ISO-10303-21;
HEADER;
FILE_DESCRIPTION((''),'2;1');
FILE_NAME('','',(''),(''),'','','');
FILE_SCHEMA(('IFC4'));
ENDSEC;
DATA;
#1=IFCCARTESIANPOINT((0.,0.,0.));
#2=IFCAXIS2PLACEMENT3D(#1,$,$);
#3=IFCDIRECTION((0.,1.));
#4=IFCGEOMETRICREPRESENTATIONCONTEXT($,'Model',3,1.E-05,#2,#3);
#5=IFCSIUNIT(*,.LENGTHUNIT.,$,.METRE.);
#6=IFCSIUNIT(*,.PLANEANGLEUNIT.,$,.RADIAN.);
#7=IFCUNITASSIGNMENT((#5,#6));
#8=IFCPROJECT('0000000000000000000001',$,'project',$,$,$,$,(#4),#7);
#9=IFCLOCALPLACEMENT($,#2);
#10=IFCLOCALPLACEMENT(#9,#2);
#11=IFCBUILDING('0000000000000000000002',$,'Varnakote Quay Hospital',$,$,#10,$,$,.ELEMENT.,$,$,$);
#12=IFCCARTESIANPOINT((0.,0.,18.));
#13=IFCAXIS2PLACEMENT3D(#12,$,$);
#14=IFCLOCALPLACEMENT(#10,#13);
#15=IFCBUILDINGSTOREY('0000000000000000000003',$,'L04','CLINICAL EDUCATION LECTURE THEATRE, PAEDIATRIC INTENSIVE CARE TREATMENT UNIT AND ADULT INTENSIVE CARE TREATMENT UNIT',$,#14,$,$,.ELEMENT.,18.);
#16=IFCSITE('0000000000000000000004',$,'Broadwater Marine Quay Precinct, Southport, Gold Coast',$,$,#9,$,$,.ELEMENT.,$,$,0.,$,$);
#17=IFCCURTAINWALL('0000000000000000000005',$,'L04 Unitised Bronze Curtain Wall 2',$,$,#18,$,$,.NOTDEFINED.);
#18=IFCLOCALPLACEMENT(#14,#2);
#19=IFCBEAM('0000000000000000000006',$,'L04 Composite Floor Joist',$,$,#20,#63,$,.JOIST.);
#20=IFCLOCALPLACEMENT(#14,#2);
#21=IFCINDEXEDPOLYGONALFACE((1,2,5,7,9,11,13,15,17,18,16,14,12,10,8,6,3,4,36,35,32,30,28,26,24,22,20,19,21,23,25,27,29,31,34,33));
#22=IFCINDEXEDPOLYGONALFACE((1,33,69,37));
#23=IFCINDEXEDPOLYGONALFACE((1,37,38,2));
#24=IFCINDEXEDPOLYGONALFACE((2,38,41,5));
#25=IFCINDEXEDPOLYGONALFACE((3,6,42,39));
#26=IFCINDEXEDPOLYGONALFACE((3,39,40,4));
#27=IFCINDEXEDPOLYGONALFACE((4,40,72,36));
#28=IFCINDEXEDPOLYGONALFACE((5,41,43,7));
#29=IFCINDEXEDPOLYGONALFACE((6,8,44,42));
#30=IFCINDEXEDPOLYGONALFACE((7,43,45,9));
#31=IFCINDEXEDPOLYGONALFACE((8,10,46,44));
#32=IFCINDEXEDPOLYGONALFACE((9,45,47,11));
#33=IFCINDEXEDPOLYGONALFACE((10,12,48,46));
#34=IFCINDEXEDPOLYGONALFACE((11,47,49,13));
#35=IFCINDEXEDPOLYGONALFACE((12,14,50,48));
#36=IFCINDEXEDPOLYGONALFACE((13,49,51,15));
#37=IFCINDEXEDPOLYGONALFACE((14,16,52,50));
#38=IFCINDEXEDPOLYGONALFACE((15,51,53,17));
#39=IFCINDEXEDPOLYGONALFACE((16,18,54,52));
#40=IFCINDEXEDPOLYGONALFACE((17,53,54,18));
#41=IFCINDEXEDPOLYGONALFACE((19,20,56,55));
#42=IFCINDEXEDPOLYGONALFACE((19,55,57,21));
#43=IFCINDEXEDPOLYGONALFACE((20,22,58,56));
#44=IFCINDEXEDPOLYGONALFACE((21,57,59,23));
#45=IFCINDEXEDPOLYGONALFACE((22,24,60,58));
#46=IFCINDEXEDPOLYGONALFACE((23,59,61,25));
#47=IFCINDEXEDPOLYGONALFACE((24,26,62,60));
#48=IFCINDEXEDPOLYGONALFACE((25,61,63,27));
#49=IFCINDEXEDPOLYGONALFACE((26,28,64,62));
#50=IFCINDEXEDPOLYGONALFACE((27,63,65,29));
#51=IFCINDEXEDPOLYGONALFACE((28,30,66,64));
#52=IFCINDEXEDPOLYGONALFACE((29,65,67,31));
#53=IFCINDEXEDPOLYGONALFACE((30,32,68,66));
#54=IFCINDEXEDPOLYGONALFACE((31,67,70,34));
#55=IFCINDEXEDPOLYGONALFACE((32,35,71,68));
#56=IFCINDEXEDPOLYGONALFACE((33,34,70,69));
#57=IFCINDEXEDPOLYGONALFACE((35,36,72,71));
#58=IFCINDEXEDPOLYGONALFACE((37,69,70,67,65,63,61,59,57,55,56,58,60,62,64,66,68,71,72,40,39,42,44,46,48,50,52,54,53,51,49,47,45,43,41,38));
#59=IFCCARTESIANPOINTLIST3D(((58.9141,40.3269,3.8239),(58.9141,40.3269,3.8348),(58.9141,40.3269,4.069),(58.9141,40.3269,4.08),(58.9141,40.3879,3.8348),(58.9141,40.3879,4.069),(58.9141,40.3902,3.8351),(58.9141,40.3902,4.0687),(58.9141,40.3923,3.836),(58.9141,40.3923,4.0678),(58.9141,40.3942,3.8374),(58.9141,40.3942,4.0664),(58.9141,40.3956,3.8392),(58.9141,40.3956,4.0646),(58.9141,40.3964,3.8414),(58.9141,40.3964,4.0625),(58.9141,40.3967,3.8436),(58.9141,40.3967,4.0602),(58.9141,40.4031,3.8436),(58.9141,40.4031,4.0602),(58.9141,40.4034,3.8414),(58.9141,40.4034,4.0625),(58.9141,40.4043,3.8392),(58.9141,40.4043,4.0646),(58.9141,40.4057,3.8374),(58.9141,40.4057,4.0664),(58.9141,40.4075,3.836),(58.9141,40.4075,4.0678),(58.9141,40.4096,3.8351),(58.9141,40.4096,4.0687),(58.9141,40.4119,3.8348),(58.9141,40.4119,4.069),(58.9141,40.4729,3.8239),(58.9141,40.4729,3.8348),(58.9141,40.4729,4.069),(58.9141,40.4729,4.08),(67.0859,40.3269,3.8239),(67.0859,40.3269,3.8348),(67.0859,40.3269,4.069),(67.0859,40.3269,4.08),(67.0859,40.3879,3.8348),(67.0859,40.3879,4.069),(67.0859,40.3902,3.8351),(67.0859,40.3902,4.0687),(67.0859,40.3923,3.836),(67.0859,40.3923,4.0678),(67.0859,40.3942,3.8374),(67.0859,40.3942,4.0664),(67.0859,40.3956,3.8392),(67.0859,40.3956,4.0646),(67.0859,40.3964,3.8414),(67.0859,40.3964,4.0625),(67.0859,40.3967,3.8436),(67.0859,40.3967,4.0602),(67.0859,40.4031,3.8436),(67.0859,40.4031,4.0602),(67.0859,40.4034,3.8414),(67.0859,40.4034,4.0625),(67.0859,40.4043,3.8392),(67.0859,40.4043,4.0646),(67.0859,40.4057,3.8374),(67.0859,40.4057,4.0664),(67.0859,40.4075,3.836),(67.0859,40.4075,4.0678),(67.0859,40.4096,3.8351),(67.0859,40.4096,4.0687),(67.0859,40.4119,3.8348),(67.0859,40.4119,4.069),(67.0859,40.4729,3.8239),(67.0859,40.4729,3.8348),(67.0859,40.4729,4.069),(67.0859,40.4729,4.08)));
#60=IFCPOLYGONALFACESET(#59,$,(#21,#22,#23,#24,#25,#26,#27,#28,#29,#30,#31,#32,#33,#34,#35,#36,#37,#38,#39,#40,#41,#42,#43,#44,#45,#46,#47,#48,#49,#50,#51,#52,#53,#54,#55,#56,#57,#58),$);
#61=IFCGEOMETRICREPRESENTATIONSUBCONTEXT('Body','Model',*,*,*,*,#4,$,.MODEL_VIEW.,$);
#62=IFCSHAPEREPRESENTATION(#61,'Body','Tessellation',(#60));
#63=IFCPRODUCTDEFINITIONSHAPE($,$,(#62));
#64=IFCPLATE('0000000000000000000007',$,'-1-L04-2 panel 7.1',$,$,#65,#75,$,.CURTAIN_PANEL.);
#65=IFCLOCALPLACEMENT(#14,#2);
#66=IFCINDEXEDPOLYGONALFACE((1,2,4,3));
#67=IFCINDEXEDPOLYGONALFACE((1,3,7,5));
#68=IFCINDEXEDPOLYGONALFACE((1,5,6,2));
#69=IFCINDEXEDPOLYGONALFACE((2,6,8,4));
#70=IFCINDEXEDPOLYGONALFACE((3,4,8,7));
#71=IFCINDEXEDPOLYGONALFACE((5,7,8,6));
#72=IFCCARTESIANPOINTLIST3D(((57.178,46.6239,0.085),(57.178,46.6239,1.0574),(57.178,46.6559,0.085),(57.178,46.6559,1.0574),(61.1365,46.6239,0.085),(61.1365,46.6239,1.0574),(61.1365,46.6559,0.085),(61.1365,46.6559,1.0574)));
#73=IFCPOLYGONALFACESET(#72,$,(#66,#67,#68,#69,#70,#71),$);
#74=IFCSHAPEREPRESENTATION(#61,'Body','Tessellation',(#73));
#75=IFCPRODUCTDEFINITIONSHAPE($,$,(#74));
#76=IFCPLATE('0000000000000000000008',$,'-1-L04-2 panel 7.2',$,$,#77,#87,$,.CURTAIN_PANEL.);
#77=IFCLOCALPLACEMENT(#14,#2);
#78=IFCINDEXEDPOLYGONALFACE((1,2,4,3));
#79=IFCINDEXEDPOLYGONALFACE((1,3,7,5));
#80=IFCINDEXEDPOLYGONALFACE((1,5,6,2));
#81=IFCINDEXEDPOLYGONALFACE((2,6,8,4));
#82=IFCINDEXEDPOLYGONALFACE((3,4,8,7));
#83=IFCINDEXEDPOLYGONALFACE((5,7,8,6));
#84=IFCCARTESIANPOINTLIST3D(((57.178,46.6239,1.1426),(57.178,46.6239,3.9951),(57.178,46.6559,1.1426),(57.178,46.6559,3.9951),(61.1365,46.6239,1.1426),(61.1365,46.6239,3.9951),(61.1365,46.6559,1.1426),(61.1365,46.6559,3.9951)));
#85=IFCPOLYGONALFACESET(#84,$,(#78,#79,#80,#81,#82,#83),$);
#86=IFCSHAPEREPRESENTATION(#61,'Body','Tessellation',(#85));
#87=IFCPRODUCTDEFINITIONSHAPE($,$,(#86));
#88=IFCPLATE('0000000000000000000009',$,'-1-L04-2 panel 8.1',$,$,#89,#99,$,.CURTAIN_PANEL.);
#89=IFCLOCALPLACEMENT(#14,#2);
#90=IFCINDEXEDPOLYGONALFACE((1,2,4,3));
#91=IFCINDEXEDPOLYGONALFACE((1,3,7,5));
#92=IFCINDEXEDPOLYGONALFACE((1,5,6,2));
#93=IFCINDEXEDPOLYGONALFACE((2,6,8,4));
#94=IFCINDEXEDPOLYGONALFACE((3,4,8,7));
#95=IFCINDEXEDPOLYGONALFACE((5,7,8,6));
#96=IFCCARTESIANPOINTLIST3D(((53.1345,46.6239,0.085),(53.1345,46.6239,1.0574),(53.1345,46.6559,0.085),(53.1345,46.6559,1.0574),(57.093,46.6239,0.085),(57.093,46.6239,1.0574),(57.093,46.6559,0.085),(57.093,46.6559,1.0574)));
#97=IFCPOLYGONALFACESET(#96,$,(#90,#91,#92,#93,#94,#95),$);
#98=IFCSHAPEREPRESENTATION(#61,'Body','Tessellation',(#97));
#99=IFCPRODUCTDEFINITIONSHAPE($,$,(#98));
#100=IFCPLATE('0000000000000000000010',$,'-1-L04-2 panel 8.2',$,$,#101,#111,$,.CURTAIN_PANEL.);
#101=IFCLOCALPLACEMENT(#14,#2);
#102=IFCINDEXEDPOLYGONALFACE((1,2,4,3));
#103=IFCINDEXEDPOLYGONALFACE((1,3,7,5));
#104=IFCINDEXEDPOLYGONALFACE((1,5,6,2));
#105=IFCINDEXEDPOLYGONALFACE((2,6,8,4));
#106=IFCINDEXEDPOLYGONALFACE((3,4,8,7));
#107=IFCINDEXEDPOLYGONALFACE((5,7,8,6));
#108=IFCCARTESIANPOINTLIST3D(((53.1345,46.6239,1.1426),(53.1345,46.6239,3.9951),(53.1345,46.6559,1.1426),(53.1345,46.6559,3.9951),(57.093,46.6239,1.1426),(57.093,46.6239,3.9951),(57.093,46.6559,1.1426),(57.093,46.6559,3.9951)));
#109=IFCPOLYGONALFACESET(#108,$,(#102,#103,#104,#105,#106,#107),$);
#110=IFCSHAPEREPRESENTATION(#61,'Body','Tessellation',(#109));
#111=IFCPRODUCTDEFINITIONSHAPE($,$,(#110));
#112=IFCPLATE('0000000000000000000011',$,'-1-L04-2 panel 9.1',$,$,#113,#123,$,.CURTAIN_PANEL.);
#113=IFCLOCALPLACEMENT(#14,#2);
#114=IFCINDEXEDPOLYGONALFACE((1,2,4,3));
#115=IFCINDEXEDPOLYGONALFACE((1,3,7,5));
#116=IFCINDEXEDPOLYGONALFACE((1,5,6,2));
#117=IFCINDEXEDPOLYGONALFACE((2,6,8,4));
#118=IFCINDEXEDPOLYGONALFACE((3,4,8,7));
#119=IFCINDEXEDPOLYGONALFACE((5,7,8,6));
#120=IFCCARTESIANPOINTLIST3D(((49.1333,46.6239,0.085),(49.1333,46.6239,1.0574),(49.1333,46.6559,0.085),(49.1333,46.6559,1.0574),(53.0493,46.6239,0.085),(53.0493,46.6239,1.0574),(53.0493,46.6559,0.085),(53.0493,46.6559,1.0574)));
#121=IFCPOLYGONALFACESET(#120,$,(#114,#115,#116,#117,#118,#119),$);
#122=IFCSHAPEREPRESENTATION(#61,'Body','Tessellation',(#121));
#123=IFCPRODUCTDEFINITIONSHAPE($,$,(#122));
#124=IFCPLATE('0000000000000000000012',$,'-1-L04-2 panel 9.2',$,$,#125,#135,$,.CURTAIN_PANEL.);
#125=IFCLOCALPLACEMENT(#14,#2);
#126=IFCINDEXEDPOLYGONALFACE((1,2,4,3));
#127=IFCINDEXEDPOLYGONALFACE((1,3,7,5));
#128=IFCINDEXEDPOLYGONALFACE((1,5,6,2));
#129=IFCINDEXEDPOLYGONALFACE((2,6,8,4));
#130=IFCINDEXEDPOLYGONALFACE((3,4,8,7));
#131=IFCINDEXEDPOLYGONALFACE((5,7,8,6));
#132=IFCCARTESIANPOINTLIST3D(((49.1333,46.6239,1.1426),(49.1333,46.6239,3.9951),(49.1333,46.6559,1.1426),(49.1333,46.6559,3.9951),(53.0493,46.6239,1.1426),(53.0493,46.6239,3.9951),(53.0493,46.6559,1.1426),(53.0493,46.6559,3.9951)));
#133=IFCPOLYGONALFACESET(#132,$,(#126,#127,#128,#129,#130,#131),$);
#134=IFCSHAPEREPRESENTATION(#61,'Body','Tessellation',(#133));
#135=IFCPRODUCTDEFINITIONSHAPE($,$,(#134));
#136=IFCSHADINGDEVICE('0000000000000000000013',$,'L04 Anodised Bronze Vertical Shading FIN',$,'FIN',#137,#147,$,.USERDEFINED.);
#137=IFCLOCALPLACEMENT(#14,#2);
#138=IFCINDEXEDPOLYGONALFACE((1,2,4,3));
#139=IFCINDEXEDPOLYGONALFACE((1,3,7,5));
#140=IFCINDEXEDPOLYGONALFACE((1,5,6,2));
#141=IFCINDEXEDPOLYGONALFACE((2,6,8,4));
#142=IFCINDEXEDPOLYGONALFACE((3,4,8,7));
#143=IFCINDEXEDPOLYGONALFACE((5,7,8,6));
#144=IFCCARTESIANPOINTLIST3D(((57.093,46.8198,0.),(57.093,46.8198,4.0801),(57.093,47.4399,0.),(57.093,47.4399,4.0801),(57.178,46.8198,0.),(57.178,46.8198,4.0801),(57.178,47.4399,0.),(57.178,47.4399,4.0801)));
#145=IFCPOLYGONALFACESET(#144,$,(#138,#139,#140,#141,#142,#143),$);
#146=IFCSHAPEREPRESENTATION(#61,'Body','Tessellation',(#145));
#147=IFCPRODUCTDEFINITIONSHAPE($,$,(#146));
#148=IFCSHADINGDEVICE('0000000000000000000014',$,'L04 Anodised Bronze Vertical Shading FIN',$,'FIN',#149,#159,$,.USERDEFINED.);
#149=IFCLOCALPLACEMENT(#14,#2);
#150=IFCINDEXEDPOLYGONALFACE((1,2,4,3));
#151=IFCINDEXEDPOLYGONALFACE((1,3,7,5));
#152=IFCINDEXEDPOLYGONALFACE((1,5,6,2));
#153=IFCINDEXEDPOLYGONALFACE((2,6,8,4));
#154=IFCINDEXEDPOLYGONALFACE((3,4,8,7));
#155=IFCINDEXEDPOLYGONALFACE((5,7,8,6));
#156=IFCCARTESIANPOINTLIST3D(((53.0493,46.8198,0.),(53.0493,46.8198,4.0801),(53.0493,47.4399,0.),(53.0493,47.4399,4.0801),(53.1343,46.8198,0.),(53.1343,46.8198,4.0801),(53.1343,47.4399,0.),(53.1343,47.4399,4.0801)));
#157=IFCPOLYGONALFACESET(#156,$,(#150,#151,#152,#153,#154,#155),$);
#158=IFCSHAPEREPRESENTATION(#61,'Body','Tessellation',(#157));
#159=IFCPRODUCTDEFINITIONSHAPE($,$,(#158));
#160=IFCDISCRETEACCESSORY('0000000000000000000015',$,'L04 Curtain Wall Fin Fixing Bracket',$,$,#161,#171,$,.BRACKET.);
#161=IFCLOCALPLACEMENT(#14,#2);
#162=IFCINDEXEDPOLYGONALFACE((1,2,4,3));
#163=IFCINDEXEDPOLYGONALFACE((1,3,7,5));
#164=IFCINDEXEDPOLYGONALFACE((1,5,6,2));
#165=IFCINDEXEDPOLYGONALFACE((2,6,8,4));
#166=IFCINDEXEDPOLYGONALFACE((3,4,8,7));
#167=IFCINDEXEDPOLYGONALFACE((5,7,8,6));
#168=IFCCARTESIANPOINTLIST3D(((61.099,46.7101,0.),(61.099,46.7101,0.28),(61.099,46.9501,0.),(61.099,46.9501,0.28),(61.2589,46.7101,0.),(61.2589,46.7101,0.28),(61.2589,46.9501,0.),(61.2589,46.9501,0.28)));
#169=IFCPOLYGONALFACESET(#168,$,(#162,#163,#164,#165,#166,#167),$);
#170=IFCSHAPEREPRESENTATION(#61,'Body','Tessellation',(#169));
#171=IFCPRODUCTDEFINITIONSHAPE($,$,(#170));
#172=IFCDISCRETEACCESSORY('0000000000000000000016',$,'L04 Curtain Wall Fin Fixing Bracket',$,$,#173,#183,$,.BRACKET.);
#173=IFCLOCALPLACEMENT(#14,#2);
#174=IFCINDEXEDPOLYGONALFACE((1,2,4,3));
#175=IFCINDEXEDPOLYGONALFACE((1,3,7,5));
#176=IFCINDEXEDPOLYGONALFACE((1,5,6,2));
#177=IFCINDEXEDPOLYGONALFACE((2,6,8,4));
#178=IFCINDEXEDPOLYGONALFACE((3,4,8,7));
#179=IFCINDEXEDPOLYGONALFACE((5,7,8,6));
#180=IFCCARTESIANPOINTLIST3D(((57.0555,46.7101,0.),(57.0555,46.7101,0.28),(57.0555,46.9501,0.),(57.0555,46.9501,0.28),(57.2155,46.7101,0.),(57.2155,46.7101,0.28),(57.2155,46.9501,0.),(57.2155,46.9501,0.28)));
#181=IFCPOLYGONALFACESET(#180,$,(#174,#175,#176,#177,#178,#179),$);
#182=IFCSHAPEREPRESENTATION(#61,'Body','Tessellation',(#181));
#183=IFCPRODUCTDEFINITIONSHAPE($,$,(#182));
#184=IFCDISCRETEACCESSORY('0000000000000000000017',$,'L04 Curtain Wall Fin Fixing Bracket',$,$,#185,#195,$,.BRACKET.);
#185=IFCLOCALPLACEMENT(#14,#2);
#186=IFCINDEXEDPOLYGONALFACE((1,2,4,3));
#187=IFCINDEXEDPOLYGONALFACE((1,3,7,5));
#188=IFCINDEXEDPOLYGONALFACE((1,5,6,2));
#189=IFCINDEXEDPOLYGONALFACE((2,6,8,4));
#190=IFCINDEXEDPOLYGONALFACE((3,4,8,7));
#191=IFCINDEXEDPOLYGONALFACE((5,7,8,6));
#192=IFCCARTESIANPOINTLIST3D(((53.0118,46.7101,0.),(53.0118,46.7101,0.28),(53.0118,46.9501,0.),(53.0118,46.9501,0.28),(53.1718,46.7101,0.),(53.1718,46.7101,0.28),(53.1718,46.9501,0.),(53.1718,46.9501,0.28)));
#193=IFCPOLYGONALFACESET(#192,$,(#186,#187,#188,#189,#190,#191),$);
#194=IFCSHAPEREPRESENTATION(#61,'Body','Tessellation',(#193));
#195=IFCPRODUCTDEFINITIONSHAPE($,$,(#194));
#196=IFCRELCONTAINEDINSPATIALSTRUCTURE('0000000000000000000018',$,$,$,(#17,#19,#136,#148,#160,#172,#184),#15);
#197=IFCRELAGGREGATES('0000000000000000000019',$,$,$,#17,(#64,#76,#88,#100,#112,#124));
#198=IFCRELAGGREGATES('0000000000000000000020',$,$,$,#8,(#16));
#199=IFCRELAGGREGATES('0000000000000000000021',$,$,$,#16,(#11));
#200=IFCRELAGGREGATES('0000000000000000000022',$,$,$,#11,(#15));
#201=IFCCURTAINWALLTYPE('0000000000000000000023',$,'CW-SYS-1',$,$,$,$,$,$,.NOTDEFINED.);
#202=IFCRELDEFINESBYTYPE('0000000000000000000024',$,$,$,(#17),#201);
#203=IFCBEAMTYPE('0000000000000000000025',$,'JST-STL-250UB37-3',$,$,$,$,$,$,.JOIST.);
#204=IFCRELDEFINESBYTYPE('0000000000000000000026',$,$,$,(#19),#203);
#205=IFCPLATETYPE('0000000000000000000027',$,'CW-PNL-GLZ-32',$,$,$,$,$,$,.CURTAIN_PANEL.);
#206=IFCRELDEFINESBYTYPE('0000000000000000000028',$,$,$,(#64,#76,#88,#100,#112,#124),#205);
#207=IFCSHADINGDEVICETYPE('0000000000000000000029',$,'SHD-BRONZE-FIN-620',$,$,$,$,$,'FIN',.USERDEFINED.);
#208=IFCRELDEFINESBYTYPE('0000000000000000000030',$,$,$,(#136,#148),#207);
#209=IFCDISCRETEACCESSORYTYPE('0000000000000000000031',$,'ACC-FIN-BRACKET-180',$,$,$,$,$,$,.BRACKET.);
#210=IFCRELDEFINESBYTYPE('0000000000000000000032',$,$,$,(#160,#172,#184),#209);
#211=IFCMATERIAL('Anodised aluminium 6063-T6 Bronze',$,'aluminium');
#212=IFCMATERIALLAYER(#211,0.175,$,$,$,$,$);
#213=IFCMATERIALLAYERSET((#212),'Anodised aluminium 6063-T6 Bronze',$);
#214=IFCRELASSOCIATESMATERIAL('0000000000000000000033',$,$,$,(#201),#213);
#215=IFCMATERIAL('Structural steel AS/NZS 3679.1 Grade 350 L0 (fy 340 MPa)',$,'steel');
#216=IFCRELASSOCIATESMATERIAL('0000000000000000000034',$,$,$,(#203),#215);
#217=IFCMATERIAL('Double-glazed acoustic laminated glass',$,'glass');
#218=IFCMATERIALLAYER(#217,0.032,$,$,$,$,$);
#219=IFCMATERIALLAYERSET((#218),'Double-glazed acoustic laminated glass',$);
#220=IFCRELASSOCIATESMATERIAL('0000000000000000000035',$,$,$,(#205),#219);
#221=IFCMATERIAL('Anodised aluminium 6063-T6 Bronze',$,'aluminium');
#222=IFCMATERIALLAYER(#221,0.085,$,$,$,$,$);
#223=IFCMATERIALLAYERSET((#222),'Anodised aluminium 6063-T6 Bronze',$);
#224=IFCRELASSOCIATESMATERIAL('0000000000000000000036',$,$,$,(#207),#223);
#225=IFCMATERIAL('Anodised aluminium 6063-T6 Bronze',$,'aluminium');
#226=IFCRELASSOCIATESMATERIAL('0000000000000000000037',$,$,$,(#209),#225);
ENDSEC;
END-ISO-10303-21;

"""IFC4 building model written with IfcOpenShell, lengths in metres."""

from ifc_helpers import new_model, si_unit, direction, frame, origin, origin_2d, place, context, subcontext, project, spatial, rectangle, i_section, extrude, material, layer, layer_set, material_profile, profile_set, type_object, element, aggregate, save


model = new_model("IFC4")

# Units and contexts
model_context = context("Model", 3, precision=1e-05, world=origin(), true_north=direction((0.0, 1.0)))
body_context = subcontext(model_context, "Body", "Model", "MODEL_VIEW")
ifc_project = project(units=[si_unit("LENGTHUNIT", "METRE"), si_unit("PLANEANGLEUNIT", "RADIAN")], contexts=[model_context])

# Site, building, storey
site_placement = place(None, origin())
site = spatial("IfcSite", under=ifc_project, at=site_placement, Name="Broadwater Marine Quay Precinct, Southport, Gold Coast", CompositionType="ELEMENT", RefElevation=0.0)
building_placement = place(site_placement, origin())
building = spatial("IfcBuilding", under=site, at=building_placement, Name="Varnakote Quay Hospital", CompositionType="ELEMENT")
storey_placement = place(building_placement, frame((0.0, 0.0, 18.0)))
storey = spatial("IfcBuildingStorey", under=building, at=storey_placement, Name="L04", Description="CLINICAL EDUCATION LECTURE THEATRE, PAEDIATRIC INTENSIVE CARE TREATMENT UNIT AND ADULT INTENSIVE CARE TREATMENT UNIT", CompositionType="ELEMENT", Elevation=18.0)

# Curtain wall
ifc_material_1 = material(Name="Anodised aluminium 6063-T6 Bronze", Category="aluminium")
ifc_layer_1 = layer(ifc_material_1, 0.175)
ifc_layer_set_1 = layer_set([ifc_layer_1], Name="Anodised aluminium 6063-T6 Bronze")
curtain_wall_type = type_object("IfcCurtainWallType", Name="CW-SYS-1", PredefinedType="NOTDEFINED", material=ifc_layer_set_1)
curtain_wall_placement = place(storey_placement, origin())
curtain_wall = element("IfcCurtainWall", 1, at=curtain_wall_placement, inside=storey, type_object=curtain_wall_type, Name="L04 Unitised Bronze Curtain Wall 2", PredefinedType="NOTDEFINED")

# Beam
ifc_material_2 = material(Name="Structural steel AS/NZS 3679.1 Grade 350 L0 (fy 340 MPa)", Category="steel")
ifc_material_profile_1 = material_profile(ifc_material_2, i_section(OverallWidth=0.146, OverallDepth=0.2561, WebThickness=0.0063, FlangeThickness=0.011, FilletRadius=0.0088, at=origin_2d()), Name="250UB37.3")
ifc_profile_set_1 = profile_set([ifc_material_profile_1], Name="Structural steel AS/NZS 3679.1 Grade 350 L0 (fy 340 MPa)")
beam_type_1 = type_object("IfcBeamType", Name="JST-STL-250UB37-3", PredefinedType="JOIST", material=ifc_profile_set_1)
for number, where, z_axis, x_axis, name in (
    (2, (58.9141, 40.3999, 3.9519), (1.0, 0.0, 0.0), (0.0, 1.0, 0.0), "L04 Composite Floor Joist"),
):
    element("IfcBeam", number, at=place(storey_placement, frame(where, z_axis=z_axis, x_axis=x_axis)), inside=storey, type_object=beam_type_1, Name=name, PredefinedType="JOIST", context=body_context, shape_type="SweptSolid", body=[
        extrude(i_section(OverallWidth=0.146, OverallDepth=0.2561, WebThickness=0.0063, FlangeThickness=0.011, FilletRadius=0.0088, at=origin_2d()), origin(), (0.0, 0.0, 1.0), 8.1719),
    ])

# Plates
ifc_material_3 = material(Name="Double-glazed acoustic laminated glass", Category="glass")
ifc_layer_2 = layer(ifc_material_3, 0.032)
ifc_layer_set_2 = layer_set([ifc_layer_2], Name="Double-glazed acoustic laminated glass")
plate_type = type_object("IfcPlateType", Name="CW-PNL-GLZ-32", PredefinedType="CURTAIN_PANEL", material=ifc_layer_set_2)
plate_1_placement = place(storey_placement, frame((59.1572, 46.6399, 0.085), z_axis=(0.0, 0.0, 1.0), x_axis=(-1.0, 0.0, 0.0)))
plate_1 = element("IfcPlate", 3, at=plate_1_placement, type_object=plate_type, Name="-1-L04-2 panel 7.1", PredefinedType="CURTAIN_PANEL", context=body_context, shape_type="SweptSolid", body=[
    extrude(rectangle(XDim=3.9585, YDim=0.032, at=origin_2d()), origin(), (0.0, 0.0, 1.0), 0.9724),
])
plate_2_placement = place(storey_placement, frame((59.1572, 46.6399, 1.1426), z_axis=(0.0, 0.0, 1.0), x_axis=(-1.0, 0.0, 0.0)))
plate_2 = element("IfcPlate", 4, at=plate_2_placement, type_object=plate_type, Name="-1-L04-2 panel 7.2", PredefinedType="CURTAIN_PANEL", context=body_context, shape_type="SweptSolid", body=[
    extrude(rectangle(XDim=3.9585, YDim=0.032, at=origin_2d()), origin(), (0.0, 0.0, 1.0), 2.8525),
])
plate_3_placement = place(storey_placement, frame((55.1138, 46.6399, 0.085), z_axis=(0.0, 0.0, 1.0), x_axis=(-1.0, 0.0, 0.0)))
plate_3 = element("IfcPlate", 5, at=plate_3_placement, type_object=plate_type, Name="-1-L04-2 panel 8.1", PredefinedType="CURTAIN_PANEL", context=body_context, shape_type="SweptSolid", body=[
    extrude(rectangle(XDim=3.9585, YDim=0.032, at=origin_2d()), origin(), (0.0, 0.0, 1.0), 0.9724),
])
plate_4_placement = place(storey_placement, frame((55.1138, 46.6399, 1.1426), z_axis=(0.0, 0.0, 1.0), x_axis=(-1.0, 0.0, 0.0)))
plate_4 = element("IfcPlate", 6, at=plate_4_placement, type_object=plate_type, Name="-1-L04-2 panel 8.2", PredefinedType="CURTAIN_PANEL", context=body_context, shape_type="SweptSolid", body=[
    extrude(rectangle(XDim=3.9585, YDim=0.032, at=origin_2d()), origin(), (0.0, 0.0, 1.0), 2.8525),
])
plate_5_placement = place(storey_placement, frame((51.0913, 46.6399, 0.085), z_axis=(0.0, 0.0, 1.0), x_axis=(-1.0, 0.0, 0.0)))
plate_5 = element("IfcPlate", 7, at=plate_5_placement, type_object=plate_type, Name="-1-L04-2 panel 9.1", PredefinedType="CURTAIN_PANEL", context=body_context, shape_type="SweptSolid", body=[
    extrude(rectangle(XDim=3.916, YDim=0.032, at=origin_2d()), origin(), (0.0, 0.0, 1.0), 0.9724),
])
plate_6_placement = place(storey_placement, frame((51.0913, 46.6399, 1.1426), z_axis=(0.0, 0.0, 1.0), x_axis=(-1.0, 0.0, 0.0)))
plate_6 = element("IfcPlate", 8, at=plate_6_placement, type_object=plate_type, Name="-1-L04-2 panel 9.2", PredefinedType="CURTAIN_PANEL", context=body_context, shape_type="SweptSolid", body=[
    extrude(rectangle(XDim=3.916, YDim=0.032, at=origin_2d()), origin(), (0.0, 0.0, 1.0), 2.8525),
])
aggregate(curtain_wall, [plate_1, plate_2, plate_3, plate_4, plate_5, plate_6])

# Shading devices
ifc_material_4 = material(Name="Anodised aluminium 6063-T6 Bronze", Category="aluminium")
ifc_layer_3 = layer(ifc_material_4, 0.085)
ifc_layer_set_3 = layer_set([ifc_layer_3], Name="Anodised aluminium 6063-T6 Bronze")
shading_device_type = type_object("IfcShadingDeviceType", Name="SHD-BRONZE-FIN-620", ElementType="FIN", PredefinedType="USERDEFINED", material=ifc_layer_set_3)
for number, where, z_axis, x_axis, name in (
    (9, (57.1355, 47.1299, 0.0), (0.0, 0.0, 1.0), (0.0, -1.0, 0.0), "L04 Anodised Bronze Vertical Shading FIN"),
    (10, (53.0918, 47.1299, 0.0), (0.0, 0.0, 1.0), (0.0, -1.0, 0.0), "L04 Anodised Bronze Vertical Shading FIN"),
):
    element("IfcShadingDevice", number, at=place(storey_placement, frame(where, z_axis=z_axis, x_axis=x_axis)), inside=storey, type_object=shading_device_type, Name=name, ObjectType="FIN", PredefinedType="USERDEFINED", context=body_context, shape_type="SweptSolid", body=[
        extrude(rectangle(XDim=0.6201, YDim=0.085, at=origin_2d()), origin(), (0.0, 0.0, 1.0), 4.0801),
    ])

# Discrete accessories
ifc_material_5 = material(Name="Anodised aluminium 6063-T6 Bronze", Category="aluminium")
discrete_accessory_type = type_object("IfcDiscreteAccessoryType", Name="ACC-FIN-BRACKET-180", PredefinedType="BRACKET", material=ifc_material_5)
for number, where, z_axis, x_axis, name in (
    (11, (61.179, 46.8301, 0.0), (0.0, 0.0, 1.0), (-1.0, 0.0, 0.0), "L04 Curtain Wall Fin Fixing Bracket"),
    (12, (57.1355, 46.8301, 0.0), (0.0, 0.0, 1.0), (-1.0, 0.0, 0.0), "L04 Curtain Wall Fin Fixing Bracket"),
    (13, (53.0918, 46.8301, 0.0), (0.0, 0.0, 1.0), (-1.0, 0.0, 0.0), "L04 Curtain Wall Fin Fixing Bracket"),
):
    element("IfcDiscreteAccessory", number, at=place(storey_placement, frame(where, z_axis=z_axis, x_axis=x_axis)), inside=storey, type_object=discrete_accessory_type, Name=name, PredefinedType="BRACKET", context=body_context, shape_type="SweptSolid", body=[
        extrude(rectangle(XDim=0.1599, YDim=0.24, at=origin_2d()), origin(), (0.0, 0.0, 1.0), 0.28),
    ])

save(model, "model.ifc")
